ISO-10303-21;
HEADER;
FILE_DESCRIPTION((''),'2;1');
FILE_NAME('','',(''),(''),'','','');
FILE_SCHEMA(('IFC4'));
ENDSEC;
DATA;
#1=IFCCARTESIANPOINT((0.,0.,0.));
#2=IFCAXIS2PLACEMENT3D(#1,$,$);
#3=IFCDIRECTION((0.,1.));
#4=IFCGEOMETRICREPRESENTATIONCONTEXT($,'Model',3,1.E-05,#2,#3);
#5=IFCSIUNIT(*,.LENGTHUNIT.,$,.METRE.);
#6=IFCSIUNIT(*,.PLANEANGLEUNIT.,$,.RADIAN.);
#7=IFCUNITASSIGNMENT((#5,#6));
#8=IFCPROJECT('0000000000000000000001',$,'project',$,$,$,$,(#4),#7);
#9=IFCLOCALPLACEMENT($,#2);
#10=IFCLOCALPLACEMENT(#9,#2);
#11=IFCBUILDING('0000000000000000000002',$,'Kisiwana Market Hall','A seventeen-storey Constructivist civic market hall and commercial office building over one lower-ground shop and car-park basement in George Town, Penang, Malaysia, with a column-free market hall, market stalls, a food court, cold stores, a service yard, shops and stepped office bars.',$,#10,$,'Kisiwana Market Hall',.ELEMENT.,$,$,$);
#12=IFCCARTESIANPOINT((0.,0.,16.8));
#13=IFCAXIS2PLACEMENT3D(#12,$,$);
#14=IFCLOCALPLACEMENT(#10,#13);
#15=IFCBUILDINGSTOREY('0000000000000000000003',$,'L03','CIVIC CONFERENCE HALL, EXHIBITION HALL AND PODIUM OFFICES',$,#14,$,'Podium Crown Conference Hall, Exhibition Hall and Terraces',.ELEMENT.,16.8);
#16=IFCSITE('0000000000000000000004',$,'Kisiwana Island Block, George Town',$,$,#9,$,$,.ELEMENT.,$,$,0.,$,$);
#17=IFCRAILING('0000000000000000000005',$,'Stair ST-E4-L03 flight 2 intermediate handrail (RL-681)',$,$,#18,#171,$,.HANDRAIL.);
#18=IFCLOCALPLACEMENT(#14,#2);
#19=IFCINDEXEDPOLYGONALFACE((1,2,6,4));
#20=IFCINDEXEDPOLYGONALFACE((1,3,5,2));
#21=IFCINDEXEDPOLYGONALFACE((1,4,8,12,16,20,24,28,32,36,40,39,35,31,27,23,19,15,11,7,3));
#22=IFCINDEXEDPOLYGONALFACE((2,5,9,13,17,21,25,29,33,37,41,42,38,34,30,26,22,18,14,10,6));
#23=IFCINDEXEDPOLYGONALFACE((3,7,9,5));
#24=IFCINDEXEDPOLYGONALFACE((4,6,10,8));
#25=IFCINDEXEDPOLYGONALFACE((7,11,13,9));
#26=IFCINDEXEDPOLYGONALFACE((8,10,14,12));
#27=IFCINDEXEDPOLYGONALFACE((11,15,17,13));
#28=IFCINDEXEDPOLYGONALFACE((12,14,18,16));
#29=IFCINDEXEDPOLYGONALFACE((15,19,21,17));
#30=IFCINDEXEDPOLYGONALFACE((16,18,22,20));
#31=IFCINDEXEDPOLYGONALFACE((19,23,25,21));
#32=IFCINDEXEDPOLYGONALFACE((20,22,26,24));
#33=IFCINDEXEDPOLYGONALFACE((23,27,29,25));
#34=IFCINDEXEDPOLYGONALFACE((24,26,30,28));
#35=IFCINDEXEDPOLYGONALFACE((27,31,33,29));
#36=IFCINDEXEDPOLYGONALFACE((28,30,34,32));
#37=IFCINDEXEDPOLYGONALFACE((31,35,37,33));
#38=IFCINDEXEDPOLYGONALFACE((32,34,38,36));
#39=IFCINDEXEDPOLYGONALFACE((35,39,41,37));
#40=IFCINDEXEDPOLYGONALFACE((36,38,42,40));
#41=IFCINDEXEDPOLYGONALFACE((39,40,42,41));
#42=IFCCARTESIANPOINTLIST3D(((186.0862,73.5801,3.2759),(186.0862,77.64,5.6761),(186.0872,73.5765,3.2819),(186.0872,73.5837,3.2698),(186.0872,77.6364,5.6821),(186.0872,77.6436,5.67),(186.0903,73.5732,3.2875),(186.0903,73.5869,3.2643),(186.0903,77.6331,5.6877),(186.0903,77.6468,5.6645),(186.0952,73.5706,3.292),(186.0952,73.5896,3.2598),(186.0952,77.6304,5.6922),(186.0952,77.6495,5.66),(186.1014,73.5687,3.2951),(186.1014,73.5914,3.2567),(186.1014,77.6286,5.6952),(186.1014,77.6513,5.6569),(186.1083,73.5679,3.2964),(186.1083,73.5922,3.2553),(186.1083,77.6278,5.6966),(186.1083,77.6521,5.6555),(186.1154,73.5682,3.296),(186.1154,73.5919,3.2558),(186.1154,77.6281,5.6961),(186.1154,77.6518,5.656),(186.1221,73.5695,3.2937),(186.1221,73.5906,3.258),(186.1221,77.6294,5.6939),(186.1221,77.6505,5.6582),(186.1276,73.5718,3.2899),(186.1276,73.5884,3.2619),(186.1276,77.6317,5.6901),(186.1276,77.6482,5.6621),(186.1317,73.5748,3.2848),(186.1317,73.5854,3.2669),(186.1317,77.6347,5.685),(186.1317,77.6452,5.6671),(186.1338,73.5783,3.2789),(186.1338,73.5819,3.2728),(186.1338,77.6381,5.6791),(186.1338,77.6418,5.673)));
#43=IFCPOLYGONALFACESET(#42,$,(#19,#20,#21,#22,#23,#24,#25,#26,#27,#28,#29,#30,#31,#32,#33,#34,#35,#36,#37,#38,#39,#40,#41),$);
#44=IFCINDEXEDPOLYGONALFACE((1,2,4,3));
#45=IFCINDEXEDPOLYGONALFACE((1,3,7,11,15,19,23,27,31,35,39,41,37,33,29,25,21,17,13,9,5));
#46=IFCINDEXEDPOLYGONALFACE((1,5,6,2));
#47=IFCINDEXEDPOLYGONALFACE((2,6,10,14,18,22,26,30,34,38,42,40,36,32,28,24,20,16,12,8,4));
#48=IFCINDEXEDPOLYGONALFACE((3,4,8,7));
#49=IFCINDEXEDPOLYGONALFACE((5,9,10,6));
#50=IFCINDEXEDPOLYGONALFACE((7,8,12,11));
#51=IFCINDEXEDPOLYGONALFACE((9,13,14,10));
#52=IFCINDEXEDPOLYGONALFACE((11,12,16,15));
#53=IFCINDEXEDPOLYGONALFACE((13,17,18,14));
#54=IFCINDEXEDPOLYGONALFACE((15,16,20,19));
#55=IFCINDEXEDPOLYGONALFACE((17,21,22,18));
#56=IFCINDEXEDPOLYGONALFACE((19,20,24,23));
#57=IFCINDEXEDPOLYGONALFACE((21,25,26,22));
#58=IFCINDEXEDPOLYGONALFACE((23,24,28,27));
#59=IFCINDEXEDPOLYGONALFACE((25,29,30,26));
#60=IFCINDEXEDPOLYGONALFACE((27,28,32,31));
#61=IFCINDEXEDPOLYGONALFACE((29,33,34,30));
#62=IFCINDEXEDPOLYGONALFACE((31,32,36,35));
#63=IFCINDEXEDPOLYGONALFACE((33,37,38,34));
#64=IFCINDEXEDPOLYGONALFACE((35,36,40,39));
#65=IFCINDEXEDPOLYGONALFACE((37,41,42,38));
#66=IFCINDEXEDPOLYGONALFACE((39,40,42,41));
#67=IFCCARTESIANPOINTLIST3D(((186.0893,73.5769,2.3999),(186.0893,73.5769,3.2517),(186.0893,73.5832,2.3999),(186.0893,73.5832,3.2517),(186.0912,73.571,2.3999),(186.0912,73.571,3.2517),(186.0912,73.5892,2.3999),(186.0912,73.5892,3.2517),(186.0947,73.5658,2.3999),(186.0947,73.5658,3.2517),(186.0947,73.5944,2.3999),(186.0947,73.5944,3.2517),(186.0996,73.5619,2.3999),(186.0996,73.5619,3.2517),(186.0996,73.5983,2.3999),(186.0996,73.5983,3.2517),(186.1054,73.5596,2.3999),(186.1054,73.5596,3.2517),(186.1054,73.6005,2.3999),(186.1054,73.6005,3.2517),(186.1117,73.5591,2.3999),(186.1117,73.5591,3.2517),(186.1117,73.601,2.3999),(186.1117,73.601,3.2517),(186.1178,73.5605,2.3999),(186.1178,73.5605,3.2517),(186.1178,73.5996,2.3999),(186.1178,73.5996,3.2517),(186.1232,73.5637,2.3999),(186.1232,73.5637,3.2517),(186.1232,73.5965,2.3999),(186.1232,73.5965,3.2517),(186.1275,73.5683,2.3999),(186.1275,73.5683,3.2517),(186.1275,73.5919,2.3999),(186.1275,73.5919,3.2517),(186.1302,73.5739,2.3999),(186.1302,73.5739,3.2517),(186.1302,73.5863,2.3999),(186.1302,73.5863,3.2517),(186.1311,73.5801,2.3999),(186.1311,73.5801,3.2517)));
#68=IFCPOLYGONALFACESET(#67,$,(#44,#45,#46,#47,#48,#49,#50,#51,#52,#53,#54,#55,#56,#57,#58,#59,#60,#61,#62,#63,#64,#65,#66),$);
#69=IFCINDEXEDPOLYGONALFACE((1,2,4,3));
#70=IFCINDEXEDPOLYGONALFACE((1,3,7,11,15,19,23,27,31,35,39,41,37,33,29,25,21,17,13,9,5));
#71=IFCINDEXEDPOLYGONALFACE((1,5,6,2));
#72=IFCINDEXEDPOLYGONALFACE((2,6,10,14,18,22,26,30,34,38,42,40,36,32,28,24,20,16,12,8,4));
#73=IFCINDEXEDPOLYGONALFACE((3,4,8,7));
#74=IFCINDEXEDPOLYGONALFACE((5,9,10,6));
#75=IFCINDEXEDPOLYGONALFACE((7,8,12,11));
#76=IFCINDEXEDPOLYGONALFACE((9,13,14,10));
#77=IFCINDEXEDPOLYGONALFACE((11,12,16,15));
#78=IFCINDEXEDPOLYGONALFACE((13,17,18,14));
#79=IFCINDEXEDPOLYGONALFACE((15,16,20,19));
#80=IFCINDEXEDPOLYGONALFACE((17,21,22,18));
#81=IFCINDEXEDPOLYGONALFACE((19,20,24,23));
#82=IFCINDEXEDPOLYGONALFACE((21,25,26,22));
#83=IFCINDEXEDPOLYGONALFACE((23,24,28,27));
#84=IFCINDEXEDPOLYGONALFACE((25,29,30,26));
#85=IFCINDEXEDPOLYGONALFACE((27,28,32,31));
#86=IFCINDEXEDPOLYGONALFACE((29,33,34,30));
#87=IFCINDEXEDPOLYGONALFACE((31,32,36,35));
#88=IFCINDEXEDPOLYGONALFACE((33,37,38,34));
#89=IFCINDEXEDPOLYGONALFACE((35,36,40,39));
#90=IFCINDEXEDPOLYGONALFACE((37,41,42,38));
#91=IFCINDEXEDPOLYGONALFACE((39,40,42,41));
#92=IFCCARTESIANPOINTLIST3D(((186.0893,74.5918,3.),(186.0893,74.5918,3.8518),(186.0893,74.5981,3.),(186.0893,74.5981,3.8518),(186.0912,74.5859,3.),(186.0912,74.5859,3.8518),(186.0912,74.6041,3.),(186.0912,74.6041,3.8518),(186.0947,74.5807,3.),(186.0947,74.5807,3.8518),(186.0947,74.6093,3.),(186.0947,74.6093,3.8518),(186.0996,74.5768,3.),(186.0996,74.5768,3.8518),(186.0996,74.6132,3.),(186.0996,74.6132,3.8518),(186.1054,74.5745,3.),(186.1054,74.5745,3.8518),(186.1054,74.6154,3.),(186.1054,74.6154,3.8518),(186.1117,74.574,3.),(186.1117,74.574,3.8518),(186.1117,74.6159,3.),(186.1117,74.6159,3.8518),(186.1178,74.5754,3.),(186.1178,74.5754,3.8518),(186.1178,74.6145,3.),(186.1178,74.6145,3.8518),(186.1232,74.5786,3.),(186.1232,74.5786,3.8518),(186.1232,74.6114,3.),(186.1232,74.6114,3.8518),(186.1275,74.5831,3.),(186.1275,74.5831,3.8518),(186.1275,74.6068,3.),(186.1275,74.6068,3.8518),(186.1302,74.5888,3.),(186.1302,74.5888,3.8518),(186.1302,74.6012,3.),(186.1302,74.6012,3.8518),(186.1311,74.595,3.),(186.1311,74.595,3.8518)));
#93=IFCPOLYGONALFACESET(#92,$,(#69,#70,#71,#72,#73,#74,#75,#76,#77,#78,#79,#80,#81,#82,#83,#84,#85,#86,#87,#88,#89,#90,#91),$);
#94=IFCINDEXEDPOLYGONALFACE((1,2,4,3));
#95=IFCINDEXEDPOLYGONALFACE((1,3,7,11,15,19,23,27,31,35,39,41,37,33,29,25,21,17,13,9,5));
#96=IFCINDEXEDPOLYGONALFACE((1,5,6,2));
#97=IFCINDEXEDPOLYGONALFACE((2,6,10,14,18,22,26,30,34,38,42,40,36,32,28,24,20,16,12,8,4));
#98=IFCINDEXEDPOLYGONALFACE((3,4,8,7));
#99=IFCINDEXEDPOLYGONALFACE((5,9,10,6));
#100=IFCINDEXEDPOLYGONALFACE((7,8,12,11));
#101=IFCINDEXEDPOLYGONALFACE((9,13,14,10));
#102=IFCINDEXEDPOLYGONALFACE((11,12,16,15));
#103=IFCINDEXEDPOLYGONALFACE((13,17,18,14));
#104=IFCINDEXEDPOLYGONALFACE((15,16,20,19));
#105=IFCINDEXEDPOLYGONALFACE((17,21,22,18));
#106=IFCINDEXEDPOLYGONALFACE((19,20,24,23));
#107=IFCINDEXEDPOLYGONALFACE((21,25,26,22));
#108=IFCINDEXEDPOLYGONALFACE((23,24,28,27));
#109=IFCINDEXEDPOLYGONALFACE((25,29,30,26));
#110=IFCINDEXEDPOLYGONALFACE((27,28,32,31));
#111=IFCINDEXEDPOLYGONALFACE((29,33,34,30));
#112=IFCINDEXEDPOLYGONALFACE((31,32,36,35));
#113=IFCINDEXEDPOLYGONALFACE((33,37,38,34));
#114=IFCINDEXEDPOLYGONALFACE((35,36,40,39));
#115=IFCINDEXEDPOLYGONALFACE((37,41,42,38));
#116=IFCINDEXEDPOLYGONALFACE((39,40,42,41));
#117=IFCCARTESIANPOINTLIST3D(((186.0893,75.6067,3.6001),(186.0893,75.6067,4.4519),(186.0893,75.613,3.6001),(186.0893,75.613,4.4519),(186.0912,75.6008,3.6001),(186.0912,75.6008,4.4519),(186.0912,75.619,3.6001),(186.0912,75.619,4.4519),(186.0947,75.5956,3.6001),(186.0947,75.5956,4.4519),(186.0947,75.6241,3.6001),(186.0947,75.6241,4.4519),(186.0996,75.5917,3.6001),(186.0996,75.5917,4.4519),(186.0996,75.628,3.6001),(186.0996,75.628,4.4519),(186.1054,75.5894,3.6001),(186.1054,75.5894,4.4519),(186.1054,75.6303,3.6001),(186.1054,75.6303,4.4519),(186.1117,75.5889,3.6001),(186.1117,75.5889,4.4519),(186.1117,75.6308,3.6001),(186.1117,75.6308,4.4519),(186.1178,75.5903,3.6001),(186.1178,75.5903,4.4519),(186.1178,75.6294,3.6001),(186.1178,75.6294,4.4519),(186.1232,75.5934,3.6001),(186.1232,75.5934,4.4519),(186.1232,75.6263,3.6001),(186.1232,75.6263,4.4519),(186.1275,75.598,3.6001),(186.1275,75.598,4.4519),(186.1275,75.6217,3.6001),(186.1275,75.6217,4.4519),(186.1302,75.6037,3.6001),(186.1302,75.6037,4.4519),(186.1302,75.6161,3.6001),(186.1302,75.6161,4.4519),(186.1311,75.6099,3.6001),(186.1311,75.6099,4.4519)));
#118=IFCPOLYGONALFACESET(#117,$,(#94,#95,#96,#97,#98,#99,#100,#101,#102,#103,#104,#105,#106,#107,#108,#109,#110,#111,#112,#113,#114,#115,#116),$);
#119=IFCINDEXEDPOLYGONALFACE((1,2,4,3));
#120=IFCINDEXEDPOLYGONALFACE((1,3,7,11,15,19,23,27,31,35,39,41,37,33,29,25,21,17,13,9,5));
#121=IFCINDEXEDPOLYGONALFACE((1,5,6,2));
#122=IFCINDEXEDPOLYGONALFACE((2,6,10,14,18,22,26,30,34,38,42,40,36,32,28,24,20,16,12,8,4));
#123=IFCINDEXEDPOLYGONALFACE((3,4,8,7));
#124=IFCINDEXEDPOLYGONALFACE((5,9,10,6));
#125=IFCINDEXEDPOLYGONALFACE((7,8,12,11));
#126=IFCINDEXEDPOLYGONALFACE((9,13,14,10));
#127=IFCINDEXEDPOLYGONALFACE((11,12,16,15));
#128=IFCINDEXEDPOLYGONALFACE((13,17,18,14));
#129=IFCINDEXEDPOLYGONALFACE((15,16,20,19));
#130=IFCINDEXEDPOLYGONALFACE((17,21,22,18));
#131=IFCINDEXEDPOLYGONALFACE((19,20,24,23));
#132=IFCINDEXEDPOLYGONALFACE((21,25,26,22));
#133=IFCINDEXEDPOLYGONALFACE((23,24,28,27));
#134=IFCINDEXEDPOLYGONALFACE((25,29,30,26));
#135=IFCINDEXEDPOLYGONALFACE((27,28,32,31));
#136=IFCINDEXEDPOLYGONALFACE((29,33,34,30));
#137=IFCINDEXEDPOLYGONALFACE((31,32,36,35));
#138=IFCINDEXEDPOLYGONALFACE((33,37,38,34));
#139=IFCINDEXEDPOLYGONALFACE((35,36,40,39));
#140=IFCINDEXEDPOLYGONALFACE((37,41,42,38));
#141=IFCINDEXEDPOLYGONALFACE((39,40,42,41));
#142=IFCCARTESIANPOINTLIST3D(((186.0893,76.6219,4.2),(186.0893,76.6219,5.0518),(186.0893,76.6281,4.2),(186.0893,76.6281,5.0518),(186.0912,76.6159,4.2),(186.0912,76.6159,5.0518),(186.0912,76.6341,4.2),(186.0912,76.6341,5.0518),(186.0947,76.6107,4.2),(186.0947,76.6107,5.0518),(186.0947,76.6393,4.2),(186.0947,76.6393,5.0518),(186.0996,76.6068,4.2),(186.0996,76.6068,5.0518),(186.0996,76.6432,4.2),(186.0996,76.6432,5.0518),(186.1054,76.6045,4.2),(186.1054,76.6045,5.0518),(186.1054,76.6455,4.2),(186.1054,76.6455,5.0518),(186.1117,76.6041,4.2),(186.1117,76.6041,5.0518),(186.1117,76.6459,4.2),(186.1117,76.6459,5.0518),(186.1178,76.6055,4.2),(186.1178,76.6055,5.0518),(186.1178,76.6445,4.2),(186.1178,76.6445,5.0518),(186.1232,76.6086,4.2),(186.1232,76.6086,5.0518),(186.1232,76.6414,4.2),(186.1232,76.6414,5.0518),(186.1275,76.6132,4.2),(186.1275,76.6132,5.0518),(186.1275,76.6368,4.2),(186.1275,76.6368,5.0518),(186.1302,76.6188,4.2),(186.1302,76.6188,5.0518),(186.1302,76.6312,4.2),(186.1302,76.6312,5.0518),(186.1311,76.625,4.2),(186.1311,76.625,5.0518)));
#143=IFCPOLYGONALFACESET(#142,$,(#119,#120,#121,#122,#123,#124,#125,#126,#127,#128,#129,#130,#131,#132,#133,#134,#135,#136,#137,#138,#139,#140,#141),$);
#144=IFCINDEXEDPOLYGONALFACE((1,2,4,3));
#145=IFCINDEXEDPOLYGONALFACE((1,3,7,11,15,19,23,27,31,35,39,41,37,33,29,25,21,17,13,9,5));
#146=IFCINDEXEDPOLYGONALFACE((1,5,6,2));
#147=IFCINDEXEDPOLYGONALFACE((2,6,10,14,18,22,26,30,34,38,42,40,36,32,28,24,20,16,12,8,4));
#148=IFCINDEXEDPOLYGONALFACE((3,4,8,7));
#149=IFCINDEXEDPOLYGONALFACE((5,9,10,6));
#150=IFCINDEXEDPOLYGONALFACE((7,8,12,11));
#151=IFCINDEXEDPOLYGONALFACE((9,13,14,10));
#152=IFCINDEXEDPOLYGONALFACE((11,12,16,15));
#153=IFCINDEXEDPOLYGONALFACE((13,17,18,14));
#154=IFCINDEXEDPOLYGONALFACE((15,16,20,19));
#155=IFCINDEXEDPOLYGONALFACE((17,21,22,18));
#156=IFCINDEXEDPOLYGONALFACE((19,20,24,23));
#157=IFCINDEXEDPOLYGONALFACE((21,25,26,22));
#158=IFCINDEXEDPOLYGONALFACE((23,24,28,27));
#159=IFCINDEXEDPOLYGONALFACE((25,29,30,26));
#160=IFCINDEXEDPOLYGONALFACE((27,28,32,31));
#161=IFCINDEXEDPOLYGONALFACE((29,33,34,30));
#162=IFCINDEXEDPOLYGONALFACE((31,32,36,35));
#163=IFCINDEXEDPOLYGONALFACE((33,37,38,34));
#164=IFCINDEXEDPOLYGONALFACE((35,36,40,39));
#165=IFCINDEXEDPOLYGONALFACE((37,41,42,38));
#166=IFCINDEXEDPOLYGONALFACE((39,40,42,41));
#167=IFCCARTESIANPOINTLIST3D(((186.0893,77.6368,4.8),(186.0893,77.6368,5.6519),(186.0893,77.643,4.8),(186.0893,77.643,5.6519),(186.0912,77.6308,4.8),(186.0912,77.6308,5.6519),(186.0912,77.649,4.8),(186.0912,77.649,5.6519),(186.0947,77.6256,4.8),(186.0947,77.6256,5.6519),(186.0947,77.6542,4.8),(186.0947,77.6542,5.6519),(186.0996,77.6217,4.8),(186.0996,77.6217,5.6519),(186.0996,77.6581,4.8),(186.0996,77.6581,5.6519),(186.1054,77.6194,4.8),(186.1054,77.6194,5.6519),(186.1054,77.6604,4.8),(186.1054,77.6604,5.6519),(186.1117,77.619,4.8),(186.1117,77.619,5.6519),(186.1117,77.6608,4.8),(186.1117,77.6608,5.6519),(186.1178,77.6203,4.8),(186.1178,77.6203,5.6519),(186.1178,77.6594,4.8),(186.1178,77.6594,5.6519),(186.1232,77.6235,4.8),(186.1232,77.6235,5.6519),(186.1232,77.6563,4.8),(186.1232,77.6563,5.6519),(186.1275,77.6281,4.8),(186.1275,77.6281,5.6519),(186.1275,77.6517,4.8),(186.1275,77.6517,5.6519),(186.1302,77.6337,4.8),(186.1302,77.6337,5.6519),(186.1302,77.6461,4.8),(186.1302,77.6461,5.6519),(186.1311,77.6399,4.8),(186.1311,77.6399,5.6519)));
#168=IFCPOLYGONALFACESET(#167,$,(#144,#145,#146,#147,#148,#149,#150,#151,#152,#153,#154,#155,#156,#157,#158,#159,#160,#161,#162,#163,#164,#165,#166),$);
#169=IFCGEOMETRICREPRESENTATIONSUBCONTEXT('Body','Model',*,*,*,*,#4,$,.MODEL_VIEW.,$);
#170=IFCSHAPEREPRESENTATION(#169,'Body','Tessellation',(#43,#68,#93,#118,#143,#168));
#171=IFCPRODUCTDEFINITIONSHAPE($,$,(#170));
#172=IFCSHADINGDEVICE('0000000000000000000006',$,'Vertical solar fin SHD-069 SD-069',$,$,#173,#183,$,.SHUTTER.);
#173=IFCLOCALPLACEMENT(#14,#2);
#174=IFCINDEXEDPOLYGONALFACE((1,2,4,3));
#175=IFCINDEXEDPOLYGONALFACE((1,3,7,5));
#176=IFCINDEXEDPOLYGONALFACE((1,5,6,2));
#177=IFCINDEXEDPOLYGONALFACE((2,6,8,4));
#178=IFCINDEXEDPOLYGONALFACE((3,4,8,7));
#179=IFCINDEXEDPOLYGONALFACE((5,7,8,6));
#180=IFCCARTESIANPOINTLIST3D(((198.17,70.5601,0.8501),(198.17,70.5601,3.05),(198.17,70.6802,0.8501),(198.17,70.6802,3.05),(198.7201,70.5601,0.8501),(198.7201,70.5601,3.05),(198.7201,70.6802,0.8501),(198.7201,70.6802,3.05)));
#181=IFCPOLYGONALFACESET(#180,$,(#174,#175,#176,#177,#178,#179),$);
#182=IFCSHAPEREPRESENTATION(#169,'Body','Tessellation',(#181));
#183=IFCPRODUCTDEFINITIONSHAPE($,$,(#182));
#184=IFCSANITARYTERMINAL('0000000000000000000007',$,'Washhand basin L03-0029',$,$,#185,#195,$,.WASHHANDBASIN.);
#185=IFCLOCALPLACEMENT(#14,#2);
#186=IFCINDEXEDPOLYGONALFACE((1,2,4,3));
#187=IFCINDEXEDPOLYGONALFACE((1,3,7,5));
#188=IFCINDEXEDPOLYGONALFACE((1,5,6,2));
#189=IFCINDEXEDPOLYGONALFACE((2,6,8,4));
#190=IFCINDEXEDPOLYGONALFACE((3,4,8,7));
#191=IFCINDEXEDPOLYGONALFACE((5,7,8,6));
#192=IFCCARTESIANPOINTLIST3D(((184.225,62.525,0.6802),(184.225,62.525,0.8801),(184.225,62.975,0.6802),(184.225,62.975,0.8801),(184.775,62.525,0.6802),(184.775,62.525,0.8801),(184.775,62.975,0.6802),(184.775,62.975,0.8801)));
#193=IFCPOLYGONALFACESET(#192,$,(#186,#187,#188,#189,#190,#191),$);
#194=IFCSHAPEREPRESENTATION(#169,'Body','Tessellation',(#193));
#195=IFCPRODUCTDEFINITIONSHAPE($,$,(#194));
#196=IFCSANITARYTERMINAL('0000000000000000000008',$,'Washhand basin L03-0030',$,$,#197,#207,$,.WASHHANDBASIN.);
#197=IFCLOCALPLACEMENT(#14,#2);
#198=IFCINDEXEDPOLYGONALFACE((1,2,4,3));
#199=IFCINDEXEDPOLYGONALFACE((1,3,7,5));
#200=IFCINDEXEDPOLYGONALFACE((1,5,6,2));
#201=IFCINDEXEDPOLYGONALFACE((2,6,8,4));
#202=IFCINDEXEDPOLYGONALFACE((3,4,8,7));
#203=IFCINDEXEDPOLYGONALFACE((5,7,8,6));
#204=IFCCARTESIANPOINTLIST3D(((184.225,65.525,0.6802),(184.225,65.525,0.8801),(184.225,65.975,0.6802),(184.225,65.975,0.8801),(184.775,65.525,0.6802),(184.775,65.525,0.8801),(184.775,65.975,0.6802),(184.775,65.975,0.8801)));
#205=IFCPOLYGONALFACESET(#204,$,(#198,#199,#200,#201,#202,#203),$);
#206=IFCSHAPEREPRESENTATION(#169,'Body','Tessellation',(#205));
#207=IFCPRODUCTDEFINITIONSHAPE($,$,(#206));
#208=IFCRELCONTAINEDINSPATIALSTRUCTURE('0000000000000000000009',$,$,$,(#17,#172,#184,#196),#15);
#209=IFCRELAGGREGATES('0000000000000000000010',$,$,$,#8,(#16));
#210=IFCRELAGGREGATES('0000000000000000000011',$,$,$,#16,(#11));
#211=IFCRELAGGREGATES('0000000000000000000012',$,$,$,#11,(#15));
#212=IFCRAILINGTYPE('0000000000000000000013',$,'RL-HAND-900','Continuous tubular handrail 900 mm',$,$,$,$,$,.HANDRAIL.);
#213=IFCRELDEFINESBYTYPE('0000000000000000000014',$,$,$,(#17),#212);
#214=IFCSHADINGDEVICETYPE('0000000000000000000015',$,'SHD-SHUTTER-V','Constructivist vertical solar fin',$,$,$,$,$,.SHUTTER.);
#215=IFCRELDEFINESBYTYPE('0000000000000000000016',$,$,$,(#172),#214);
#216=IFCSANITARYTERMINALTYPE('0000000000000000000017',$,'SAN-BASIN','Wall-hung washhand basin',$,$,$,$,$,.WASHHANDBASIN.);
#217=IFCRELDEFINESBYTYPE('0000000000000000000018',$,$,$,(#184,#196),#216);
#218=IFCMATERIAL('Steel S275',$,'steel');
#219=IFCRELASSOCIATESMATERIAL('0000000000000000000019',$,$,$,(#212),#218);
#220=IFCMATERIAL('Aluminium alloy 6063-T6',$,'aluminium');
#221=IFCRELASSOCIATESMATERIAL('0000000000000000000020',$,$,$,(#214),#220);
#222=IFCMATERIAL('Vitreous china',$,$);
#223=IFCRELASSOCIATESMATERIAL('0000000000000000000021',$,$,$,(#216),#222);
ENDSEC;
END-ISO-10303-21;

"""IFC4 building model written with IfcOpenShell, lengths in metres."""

from ifc_helpers import new_model, si_unit, direction, frame, origin, origin_2d, place, context, subcontext, project, spatial, rectangle, circle, extrude, material, type_object, element, save


model = new_model("IFC4")

# Units and contexts
model_context = context("Model", 3, precision=1e-05, world=origin(), true_north=direction((0.0, 1.0)))
body_context = subcontext(model_context, "Body", "Model", "MODEL_VIEW")
ifc_project = project(units=[si_unit("LENGTHUNIT", "METRE"), si_unit("PLANEANGLEUNIT", "RADIAN")], contexts=[model_context])

# Site, building, storey
site_placement = place(None, origin())
site = spatial("IfcSite", under=ifc_project, at=site_placement, Name="Kisiwana Island Block, George Town", CompositionType="ELEMENT", RefElevation=0.0)
building_placement = place(site_placement, origin())
building = spatial("IfcBuilding", under=site, at=building_placement, Name="Kisiwana Market Hall", Description="A seventeen-storey Constructivist civic market hall and commercial office building over one lower-ground shop and car-park basement in George Town, Penang, Malaysia, with a column-free market hall, market stalls, a food court, cold stores, a service yard, shops and stepped office bars.", LongName="Kisiwana Market Hall", CompositionType="ELEMENT")
storey_placement = place(building_placement, frame((0.0, 0.0, 16.8)))
storey = spatial("IfcBuildingStorey", under=building, at=storey_placement, Name="L03", Description="CIVIC CONFERENCE HALL, EXHIBITION HALL AND PODIUM OFFICES", LongName="Podium Crown Conference Hall, Exhibition Hall and Terraces", CompositionType="ELEMENT", Elevation=16.8)

# Railing
ifc_material_1 = material(Name="Steel S275", Category="steel")
railing_type_1 = type_object("IfcRailingType", Name="RL-HAND-900", Description="Continuous tubular handrail 900 mm", PredefinedType="HANDRAIL", material=ifc_material_1)
for number, where, name in (
    (1, (186.1101, 73.5801, 2.3999), "Stair ST-E4-L03 flight 2 intermediate handrail (RL-681)"),
):
    element("IfcRailing", number, at=place(storey_placement, frame(where)), inside=storey, type_object=railing_type_1, Name=name, PredefinedType="HANDRAIL", context=body_context, shape_type="SweptSolid", body=[
        extrude(circle(Radius=0.0239, at=origin_2d()), frame((0.0, 0.0, 0.876), z_axis=(0.0, 0.860818, 0.508912), x_axis=(-1.0, 0.0, 0.0)), (0.0, 0.0, 1.0), 4.7163),
        extrude(circle(Radius=0.021, at=origin_2d()), origin(), (0.0, 0.0, 1.0), 0.8518),
        extrude(circle(Radius=0.021, at=origin_2d()), frame((0.0, 1.0149, 0.6001)), (0.0, 0.0, 1.0), 0.8518),
        extrude(circle(Radius=0.021, at=origin_2d()), frame((0.0, 2.0298, 1.2002)), (0.0, 0.0, 1.0), 0.8518),
        extrude(circle(Radius=0.021, at=origin_2d()), frame((0.0, 3.0449, 1.8)), (0.0, 0.0, 1.0), 0.8518),
        extrude(circle(Radius=0.021, at=origin_2d()), frame((0.0, 4.0598, 2.4001)), (0.0, 0.0, 1.0), 0.8518),
    ])

# Shading device
ifc_material_2 = material(Name="Aluminium alloy 6063-T6", Category="aluminium")
shading_device_type = type_object("IfcShadingDeviceType", Name="SHD-SHUTTER-V", Description="Constructivist vertical solar fin", PredefinedType="SHUTTER", material=ifc_material_2)
shading_device_placement = place(storey_placement, frame((198.4451, 70.6201, 0.8501), z_axis=(0.0, 0.0, 1.0), x_axis=(0.0, 1.0, 0.0)))
element("IfcShadingDevice", 2, at=shading_device_placement, inside=storey, type_object=shading_device_type, Name="Vertical solar fin SHD-069 SD-069", PredefinedType="SHUTTER", context=body_context, shape_type="SweptSolid", body=[
    extrude(rectangle(XDim=0.1201, YDim=0.55, at=origin_2d()), origin(), (0.0, 0.0, 1.0), 2.2),
])

# Sanitary terminals
ifc_material_3 = material(Name="Vitreous china")
sanitary_terminal_type_1 = type_object("IfcSanitaryTerminalType", Name="SAN-BASIN", Description="Wall-hung washhand basin", PredefinedType="WASHHANDBASIN", material=ifc_material_3)
for number, where, z_axis, x_axis, name in (
    (3, (184.5, 62.75, 0.6802), (0.0, 0.0, 1.0), (1.0, 0.0, 0.0), "Washhand basin L03-0029"),
    (4, (184.5, 65.75, 0.6802), (0.0, 0.0, 1.0), (1.0, 0.0, 0.0), "Washhand basin L03-0030"),
):
    element("IfcSanitaryTerminal", number, at=place(storey_placement, frame(where, z_axis=z_axis, x_axis=x_axis)), inside=storey, type_object=sanitary_terminal_type_1, Name=name, PredefinedType="WASHHANDBASIN", context=body_context, shape_type="SweptSolid", body=[
        extrude(rectangle(XDim=0.55, YDim=0.45, at=origin_2d()), origin(), (0.0, 0.0, 1.0), 0.2),
    ])

save(model, "model.ifc")
